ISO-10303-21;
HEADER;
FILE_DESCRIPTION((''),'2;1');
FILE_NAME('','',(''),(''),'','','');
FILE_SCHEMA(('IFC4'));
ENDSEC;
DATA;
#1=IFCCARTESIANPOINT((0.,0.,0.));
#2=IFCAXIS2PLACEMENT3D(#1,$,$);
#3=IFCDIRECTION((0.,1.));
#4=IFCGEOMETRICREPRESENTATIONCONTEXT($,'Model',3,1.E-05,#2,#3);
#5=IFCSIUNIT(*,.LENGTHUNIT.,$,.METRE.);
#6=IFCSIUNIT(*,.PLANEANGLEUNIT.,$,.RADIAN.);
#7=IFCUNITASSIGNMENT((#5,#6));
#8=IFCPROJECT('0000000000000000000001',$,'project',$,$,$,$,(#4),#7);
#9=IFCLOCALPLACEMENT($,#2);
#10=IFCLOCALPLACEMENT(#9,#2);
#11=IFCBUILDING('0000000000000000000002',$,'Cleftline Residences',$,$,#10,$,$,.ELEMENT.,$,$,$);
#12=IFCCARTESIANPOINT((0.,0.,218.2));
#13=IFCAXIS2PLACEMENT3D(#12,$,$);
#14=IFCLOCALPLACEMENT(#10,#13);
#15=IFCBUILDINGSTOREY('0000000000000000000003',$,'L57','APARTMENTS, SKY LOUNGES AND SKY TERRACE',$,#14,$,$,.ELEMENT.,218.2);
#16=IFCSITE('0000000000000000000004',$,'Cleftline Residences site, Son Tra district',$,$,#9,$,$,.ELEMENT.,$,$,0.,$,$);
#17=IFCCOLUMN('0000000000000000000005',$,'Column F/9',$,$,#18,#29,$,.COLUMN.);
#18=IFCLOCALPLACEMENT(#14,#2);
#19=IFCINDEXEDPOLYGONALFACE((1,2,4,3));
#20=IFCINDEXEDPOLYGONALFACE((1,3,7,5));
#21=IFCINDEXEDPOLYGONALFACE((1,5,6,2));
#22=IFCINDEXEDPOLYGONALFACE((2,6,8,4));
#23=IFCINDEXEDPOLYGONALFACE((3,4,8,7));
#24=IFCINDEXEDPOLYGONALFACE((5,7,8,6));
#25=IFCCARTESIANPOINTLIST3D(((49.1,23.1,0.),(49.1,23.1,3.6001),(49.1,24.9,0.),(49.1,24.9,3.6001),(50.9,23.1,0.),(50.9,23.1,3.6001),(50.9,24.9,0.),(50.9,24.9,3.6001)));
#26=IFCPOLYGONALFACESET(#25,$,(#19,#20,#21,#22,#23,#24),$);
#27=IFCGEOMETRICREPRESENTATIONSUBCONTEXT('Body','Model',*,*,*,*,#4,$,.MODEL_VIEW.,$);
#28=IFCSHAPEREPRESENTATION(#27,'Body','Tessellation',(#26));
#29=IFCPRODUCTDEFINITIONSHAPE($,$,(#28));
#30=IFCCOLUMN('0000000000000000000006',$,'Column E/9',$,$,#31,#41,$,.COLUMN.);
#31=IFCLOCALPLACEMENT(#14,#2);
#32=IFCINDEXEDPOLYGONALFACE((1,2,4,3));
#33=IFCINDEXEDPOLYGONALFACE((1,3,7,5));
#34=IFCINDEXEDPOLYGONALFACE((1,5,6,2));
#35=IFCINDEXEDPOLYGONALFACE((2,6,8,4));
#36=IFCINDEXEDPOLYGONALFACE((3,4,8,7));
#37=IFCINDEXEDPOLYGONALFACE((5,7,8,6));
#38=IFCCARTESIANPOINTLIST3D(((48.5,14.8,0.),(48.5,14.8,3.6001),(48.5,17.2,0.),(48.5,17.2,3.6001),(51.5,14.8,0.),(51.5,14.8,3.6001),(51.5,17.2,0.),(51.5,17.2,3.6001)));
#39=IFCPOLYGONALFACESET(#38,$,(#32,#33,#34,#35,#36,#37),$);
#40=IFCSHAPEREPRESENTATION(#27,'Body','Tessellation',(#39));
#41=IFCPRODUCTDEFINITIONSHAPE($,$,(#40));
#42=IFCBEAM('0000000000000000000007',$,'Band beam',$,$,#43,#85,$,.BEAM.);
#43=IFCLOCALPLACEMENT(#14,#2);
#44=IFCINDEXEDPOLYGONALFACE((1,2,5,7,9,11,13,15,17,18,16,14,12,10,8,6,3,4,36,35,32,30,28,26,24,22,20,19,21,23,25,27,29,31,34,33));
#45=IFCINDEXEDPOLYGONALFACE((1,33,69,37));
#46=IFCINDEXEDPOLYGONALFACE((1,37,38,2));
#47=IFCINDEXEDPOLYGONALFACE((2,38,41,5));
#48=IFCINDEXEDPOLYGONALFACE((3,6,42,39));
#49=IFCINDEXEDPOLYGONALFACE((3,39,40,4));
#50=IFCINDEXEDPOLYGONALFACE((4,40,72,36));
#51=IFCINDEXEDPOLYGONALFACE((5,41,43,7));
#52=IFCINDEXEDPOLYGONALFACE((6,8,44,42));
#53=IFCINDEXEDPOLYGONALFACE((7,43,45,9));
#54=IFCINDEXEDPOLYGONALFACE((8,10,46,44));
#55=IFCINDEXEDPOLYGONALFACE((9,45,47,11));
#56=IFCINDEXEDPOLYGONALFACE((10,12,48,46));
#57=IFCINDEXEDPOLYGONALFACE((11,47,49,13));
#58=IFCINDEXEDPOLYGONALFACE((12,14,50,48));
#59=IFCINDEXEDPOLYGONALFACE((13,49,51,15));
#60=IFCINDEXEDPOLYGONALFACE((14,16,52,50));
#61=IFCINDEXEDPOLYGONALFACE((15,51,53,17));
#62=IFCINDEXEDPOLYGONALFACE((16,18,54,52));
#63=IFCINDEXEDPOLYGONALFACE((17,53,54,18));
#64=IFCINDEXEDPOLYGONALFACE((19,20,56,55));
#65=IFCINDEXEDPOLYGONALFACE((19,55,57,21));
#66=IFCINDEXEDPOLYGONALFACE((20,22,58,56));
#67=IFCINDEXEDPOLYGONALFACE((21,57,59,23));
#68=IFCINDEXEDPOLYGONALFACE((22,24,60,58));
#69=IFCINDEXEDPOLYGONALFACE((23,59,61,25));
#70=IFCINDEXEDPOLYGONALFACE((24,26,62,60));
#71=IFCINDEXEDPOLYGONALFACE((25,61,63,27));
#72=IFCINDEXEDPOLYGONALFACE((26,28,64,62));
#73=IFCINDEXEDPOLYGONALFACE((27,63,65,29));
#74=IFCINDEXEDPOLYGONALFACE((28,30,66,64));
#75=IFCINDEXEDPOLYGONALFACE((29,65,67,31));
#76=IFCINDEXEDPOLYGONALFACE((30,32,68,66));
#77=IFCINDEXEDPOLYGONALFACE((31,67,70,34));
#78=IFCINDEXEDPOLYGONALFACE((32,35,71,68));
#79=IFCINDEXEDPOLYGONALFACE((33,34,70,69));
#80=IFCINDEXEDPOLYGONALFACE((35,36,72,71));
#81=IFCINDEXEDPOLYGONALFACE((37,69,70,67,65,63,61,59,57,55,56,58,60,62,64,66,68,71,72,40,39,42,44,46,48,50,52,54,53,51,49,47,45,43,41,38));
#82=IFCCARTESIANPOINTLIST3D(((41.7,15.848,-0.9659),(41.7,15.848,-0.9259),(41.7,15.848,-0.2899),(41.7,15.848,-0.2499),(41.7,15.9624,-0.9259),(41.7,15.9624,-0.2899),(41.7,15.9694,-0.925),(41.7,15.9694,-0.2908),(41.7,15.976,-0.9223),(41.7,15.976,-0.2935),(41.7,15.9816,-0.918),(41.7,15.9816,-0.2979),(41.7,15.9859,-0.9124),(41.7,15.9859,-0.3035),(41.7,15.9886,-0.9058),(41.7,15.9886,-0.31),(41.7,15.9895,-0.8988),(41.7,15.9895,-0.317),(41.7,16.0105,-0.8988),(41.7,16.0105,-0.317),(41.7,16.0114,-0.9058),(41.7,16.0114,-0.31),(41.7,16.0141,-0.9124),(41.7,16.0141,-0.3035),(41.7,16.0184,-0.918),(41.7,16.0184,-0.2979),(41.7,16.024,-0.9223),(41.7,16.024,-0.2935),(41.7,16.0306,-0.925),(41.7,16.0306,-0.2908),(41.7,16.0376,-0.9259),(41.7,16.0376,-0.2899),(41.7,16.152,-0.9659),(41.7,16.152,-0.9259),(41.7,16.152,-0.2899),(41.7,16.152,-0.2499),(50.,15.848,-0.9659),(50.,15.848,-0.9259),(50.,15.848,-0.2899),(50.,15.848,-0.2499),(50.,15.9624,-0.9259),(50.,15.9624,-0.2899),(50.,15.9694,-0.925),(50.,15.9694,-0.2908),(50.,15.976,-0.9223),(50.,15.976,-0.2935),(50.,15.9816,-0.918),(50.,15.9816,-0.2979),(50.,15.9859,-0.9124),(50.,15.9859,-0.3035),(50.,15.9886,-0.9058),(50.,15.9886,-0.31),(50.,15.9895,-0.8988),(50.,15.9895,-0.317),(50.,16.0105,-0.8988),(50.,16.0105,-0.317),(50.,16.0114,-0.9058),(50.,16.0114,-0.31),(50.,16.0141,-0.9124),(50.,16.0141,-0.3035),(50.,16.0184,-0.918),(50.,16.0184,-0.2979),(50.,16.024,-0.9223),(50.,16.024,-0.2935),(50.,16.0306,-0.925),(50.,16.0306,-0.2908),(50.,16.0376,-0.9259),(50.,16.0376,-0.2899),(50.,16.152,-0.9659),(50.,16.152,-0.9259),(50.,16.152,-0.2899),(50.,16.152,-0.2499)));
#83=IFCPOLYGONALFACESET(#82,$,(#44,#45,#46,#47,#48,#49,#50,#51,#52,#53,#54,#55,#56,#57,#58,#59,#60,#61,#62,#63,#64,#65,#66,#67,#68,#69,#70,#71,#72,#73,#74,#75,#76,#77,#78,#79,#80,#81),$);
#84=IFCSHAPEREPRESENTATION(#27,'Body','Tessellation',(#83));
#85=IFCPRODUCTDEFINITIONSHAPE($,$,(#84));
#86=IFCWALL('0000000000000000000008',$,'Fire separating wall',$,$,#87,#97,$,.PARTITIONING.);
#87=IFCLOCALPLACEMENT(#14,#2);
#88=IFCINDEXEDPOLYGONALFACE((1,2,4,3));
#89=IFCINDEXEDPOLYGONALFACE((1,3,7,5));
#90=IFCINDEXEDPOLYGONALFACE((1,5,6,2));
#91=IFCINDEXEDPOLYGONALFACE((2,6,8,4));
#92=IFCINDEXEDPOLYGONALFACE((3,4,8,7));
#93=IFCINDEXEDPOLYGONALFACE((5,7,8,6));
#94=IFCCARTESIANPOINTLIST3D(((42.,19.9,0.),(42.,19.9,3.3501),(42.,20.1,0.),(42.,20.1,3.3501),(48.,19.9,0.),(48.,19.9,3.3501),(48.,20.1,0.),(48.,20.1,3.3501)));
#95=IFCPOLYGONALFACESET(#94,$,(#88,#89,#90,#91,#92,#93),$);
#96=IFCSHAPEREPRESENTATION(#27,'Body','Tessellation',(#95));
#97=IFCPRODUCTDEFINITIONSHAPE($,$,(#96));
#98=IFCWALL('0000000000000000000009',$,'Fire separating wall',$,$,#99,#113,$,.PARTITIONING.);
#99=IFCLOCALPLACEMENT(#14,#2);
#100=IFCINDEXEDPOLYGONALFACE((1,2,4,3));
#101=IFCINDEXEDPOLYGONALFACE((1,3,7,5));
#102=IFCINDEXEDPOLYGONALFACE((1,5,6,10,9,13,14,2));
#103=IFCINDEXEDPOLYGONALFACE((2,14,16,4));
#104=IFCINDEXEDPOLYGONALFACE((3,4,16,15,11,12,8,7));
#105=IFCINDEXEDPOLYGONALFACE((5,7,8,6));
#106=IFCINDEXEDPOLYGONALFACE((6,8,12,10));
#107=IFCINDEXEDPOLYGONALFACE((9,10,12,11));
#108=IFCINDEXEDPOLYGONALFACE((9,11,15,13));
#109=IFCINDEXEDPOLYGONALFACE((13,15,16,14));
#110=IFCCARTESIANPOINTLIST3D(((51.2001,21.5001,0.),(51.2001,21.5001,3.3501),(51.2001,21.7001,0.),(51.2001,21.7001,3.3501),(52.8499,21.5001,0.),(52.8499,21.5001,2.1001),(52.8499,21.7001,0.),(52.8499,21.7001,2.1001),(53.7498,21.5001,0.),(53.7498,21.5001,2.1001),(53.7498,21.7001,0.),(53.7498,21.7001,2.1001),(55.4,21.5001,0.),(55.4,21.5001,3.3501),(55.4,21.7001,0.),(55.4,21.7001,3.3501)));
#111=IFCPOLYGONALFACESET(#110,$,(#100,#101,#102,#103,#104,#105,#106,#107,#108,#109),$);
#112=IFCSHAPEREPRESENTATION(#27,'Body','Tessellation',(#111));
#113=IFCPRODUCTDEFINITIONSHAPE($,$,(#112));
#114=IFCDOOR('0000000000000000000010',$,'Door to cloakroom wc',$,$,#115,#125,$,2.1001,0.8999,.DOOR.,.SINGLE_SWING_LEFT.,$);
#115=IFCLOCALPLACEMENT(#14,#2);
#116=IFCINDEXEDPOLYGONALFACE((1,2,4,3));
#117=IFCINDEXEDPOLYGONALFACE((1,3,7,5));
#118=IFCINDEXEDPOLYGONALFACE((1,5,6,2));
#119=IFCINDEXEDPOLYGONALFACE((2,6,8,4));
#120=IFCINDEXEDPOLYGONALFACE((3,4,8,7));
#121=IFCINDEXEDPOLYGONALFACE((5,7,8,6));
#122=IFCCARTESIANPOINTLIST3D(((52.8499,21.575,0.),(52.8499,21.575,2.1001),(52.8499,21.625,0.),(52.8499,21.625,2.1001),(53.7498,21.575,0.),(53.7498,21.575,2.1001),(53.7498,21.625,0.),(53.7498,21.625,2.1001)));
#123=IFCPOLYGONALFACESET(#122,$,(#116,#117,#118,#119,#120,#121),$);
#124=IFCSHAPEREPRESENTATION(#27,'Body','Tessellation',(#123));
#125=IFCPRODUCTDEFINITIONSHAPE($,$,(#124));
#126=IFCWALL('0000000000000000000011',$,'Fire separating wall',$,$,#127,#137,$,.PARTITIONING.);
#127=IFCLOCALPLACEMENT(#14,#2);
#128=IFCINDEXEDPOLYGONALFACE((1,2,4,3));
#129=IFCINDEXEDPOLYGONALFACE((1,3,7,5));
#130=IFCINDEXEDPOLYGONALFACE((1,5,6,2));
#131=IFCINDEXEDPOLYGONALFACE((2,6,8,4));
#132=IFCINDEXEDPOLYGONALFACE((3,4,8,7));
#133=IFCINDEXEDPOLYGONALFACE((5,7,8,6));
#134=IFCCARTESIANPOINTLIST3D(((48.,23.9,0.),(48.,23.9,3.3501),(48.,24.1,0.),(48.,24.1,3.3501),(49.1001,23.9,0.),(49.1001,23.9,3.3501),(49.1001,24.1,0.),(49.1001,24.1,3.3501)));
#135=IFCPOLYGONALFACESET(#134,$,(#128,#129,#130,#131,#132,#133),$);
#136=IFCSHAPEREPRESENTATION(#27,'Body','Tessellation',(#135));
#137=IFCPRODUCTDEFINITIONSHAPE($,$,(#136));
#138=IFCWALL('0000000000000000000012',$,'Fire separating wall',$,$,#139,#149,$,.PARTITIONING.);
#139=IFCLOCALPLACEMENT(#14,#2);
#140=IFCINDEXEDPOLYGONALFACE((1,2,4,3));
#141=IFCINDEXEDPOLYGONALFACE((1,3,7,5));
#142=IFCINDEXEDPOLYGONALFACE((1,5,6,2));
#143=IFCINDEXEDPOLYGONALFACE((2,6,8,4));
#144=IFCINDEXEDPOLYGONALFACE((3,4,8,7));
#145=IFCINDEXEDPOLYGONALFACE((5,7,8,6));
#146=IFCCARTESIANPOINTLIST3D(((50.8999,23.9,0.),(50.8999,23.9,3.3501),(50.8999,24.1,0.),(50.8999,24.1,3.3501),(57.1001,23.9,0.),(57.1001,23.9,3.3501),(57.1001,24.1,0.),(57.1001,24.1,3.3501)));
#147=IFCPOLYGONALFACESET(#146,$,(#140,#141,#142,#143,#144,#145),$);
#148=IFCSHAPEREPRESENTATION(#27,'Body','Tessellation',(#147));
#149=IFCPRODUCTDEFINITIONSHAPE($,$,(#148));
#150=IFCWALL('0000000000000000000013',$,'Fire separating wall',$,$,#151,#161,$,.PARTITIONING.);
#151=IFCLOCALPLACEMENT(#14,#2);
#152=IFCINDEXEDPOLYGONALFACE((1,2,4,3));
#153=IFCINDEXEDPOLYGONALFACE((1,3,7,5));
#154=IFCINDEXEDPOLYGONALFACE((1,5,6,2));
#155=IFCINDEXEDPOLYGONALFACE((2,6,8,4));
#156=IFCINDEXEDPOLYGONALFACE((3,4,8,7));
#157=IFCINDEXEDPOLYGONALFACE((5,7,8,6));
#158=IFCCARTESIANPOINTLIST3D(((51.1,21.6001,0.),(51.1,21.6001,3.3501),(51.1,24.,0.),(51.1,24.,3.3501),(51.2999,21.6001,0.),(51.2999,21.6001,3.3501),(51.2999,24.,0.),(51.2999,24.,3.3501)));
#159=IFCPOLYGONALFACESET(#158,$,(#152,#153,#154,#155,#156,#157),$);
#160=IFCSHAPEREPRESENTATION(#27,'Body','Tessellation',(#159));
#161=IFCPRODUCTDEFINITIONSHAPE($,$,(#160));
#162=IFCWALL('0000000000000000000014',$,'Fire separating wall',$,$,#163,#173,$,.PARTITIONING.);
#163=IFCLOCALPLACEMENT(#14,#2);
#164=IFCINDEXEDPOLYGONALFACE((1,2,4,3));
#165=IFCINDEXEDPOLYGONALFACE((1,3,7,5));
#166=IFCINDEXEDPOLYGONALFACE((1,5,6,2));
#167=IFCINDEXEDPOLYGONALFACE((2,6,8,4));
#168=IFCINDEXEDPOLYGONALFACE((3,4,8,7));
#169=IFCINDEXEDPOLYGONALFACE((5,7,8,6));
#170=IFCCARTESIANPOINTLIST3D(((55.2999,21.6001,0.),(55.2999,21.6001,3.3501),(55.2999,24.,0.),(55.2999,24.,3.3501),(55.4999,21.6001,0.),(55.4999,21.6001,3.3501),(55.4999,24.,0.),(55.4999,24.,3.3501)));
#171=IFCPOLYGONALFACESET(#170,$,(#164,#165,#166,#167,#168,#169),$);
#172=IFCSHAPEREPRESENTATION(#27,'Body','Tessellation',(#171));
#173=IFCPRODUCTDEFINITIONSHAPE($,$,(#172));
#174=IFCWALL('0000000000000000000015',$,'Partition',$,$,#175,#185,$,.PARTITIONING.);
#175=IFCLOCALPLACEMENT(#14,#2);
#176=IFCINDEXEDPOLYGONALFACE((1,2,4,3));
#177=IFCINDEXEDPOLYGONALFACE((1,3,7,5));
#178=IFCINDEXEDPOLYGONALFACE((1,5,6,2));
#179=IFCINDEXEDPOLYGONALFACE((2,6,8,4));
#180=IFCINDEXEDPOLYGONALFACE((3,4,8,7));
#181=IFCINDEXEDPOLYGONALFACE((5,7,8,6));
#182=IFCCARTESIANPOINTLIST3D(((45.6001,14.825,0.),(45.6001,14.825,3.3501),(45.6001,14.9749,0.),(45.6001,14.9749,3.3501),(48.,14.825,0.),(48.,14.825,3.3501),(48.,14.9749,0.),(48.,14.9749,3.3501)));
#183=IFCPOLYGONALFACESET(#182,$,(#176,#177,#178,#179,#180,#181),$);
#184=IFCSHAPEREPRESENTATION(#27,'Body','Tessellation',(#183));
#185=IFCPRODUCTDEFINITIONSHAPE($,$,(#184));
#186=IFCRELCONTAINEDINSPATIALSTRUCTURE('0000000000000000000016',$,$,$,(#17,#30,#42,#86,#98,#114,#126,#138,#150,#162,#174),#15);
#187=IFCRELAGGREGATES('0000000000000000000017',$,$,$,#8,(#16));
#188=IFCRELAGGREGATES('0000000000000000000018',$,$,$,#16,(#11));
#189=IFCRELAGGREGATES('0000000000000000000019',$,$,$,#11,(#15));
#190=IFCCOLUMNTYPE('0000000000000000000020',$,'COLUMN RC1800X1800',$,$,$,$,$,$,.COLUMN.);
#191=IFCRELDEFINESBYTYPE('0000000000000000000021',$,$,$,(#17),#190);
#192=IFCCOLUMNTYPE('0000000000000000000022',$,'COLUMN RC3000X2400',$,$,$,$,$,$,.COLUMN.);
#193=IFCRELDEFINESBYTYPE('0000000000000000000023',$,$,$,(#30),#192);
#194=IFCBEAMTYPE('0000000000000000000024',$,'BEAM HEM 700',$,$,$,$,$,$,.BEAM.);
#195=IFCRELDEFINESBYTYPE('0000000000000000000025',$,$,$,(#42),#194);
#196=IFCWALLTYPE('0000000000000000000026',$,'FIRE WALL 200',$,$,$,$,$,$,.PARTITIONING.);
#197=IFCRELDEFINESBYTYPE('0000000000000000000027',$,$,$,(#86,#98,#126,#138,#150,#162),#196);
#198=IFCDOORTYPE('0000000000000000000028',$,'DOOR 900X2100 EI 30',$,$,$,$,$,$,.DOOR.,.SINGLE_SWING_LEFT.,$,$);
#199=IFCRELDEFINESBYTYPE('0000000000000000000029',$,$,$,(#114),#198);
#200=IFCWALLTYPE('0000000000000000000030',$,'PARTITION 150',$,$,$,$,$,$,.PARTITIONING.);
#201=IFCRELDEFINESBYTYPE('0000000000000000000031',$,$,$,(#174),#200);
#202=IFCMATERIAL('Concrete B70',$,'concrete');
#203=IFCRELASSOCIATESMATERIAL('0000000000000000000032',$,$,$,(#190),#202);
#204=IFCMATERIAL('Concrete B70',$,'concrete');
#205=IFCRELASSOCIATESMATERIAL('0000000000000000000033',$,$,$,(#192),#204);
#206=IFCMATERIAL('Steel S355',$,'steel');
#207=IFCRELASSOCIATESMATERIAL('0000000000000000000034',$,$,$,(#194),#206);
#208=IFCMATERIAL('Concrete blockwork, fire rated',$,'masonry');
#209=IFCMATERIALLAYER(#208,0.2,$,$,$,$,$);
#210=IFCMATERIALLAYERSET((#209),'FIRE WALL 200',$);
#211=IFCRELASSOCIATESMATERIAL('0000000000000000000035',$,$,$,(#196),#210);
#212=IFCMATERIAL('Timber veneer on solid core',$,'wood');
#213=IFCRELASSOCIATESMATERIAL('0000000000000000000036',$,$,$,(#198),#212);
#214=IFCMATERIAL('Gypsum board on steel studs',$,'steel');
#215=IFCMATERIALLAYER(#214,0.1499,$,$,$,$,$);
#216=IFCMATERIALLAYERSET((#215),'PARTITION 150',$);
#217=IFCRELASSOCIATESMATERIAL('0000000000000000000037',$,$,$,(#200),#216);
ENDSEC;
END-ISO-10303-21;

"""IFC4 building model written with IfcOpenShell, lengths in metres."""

from ifc_helpers import new_model, si_unit, direction, frame, frame_2d, origin, origin_2d, place, context, subcontext, project, spatial, rectangle, i_section, extrude, material, layer, layer_set, material_profile, profile_set, type_object, element, fill, save


model = new_model("IFC4")

# Units and contexts
model_context = context("Model", 3, precision=1e-05, world=origin(), true_north=direction((0.0, 1.0)))
body_context = subcontext(model_context, "Body", "Model", "MODEL_VIEW")
ifc_project = project(units=[si_unit("LENGTHUNIT", "METRE"), si_unit("PLANEANGLEUNIT", "RADIAN")], contexts=[model_context])

# Site, building, storey
site_placement = place(None, origin())
site = spatial("IfcSite", under=ifc_project, at=site_placement, Name="Cleftline Residences site, Son Tra district", CompositionType="ELEMENT", RefElevation=0.0)
building_placement = place(site_placement, origin())
building = spatial("IfcBuilding", under=site, at=building_placement, Name="Cleftline Residences", CompositionType="ELEMENT")
storey_placement = place(building_placement, frame((0.0, 0.0, 218.2)))
storey = spatial("IfcBuildingStorey", under=building, at=storey_placement, Name="L57", Description="APARTMENTS, SKY LOUNGES AND SKY TERRACE", CompositionType="ELEMENT", Elevation=218.2)

# Columns
ifc_material_1 = material(Name="Concrete B70", Category="concrete")
ifc_material_profile_1 = material_profile(ifc_material_1, rectangle(XDim=1.8, YDim=1.8, at=origin_2d()))
ifc_profile_set_1 = profile_set([ifc_material_profile_1], Name="Concrete B70")
column_type_1 = type_object("IfcColumnType", Name="COLUMN RC1800X1800", PredefinedType="COLUMN", material=ifc_profile_set_1)
column_1_placement = place(storey_placement, frame((50.0, 24.0, 0.0), z_axis=(0.0, 0.0, 1.0), x_axis=(1.0, 0.0, 0.0)))
element("IfcColumn", 1, at=column_1_placement, inside=storey, type_object=column_type_1, Name="Column F/9", PredefinedType="COLUMN", context=body_context, shape_type="SweptSolid", body=[
    extrude(rectangle(XDim=1.8, YDim=1.8, at=origin_2d()), origin(), (0.0, 0.0, 1.0), 3.6001),
])
ifc_material_2 = material(Name="Concrete B70", Category="concrete")
ifc_material_profile_2 = material_profile(ifc_material_2, rectangle(XDim=3.0, YDim=2.3999, at=origin_2d()))
ifc_profile_set_2 = profile_set([ifc_material_profile_2], Name="Concrete B70")
column_type_2 = type_object("IfcColumnType", Name="COLUMN RC3000X2400", PredefinedType="COLUMN", material=ifc_profile_set_2)
column_2_placement = place(storey_placement, frame((50.0, 16.0, 0.0), z_axis=(0.0, 0.0, 1.0), x_axis=(1.0, 0.0, 0.0)))
element("IfcColumn", 2, at=column_2_placement, inside=storey, type_object=column_type_2, Name="Column E/9", PredefinedType="COLUMN", context=body_context, shape_type="SweptSolid", body=[
    extrude(rectangle(XDim=3.0, YDim=2.3999, at=origin_2d()), origin(), (0.0, 0.0, 1.0), 3.6001),
])

# Beam
ifc_material_3 = material(Name="Steel S355", Category="steel")
ifc_material_profile_3 = material_profile(ifc_material_3, i_section(OverallWidth=0.304, OverallDepth=0.7161, WebThickness=0.021, FlangeThickness=0.04, FilletRadius=0.0271, at=origin_2d()))
ifc_profile_set_3 = profile_set([ifc_material_profile_3], Name="Steel S355")
beam_type = type_object("IfcBeamType", Name="BEAM HEM 700", PredefinedType="BEAM", material=ifc_profile_set_3)
beam_placement = place(storey_placement, frame((50.0, 16.0, -0.6079), z_axis=(-1.0, 0.0, 0.0), x_axis=(0.0, -1.0, 0.0)))
element("IfcBeam", 3, at=beam_placement, inside=storey, type_object=beam_type, Name="Band beam", PredefinedType="BEAM", context=body_context, shape_type="SweptSolid", body=[
    extrude(i_section(OverallWidth=0.304, OverallDepth=0.7161, WebThickness=0.021, FlangeThickness=0.04, FilletRadius=0.0271, at=origin_2d()), origin(), (0.0, 0.0, 1.0), 8.3),
])

# Wall
ifc_material_4 = material(Name="Concrete blockwork, fire rated", Category="masonry")
ifc_layer_1 = layer(ifc_material_4, 0.2)
ifc_layer_set_1 = layer_set([ifc_layer_1], Name="FIRE WALL 200")
wall_type_1 = type_object("IfcWallType", Name="FIRE WALL 200", PredefinedType="PARTITIONING", material=ifc_layer_set_1)
wall_1_placement = place(storey_placement, frame((42.0, 20.0, 0.0), z_axis=(0.0, 0.0, 1.0), x_axis=(1.0, 0.0, 0.0)))
element("IfcWall", 4, at=wall_1_placement, inside=storey, type_object=wall_type_1, Name="Fire separating wall", PredefinedType="PARTITIONING", context=body_context, shape_type="SweptSolid", body=[
    extrude(rectangle(XDim=6.0, YDim=0.2, at=frame_2d((3.0, 0.0))), origin(), (0.0, 0.0, 1.0), 3.3501),
])

# Wall, opening, door
wall_2_placement = place(storey_placement, frame((51.2, 21.6001, 0.0), z_axis=(0.0, 0.0, 1.0), x_axis=(1.0, 0.0, 0.0)))
wall_2 = element("IfcWall", 5, at=wall_2_placement, inside=storey, type_object=wall_type_1, Name="Fire separating wall", PredefinedType="PARTITIONING", context=body_context, shape_type="SweptSolid", body=[
    extrude(rectangle(XDim=4.2, YDim=0.2, at=frame_2d((2.1001, 0.0))), origin(), (0.0, 0.0, 1.0), 3.3501),
])
opening_1_placement = place(wall_2_placement, frame((1.6499, 0.0, 0.0)))
opening_1 = element("IfcOpeningElement", 6, at=opening_1_placement, cuts=wall_2, PredefinedType="OPENING", context=body_context, shape_type="SweptSolid", body=[
    extrude(rectangle(XDim=0.8999, YDim=2.1001, at=frame_2d((0.45, 1.05))), frame((0.0, 0.1099, 0.0), z_axis=(0.0, -1.0, 0.0), x_axis=(1.0, 0.0, 0.0)), (0.0, 0.0, 1.0), 0.22),
])
ifc_material_5 = material(Name="Timber veneer on solid core", Category="wood")
door_type_1 = type_object("IfcDoorType", Name="DOOR 900X2100 EI 30", OperationType="SINGLE_SWING_LEFT", PredefinedType="DOOR", material=ifc_material_5)
door_1_placement = place(opening_1_placement, origin())
door_1 = element("IfcDoor", 7, at=door_1_placement, inside=storey, type_object=door_type_1, Name="Door to cloakroom wc", OperationType="SINGLE_SWING_LEFT", OverallHeight=2.1001, OverallWidth=0.8999, PredefinedType="DOOR", context=body_context, shape_type="SweptSolid", body=[
    extrude(rectangle(XDim=0.8999, YDim=2.1001, at=frame_2d((0.45, 1.05))), frame((0.0, 0.0249, 0.0), z_axis=(0.0, -1.0, 0.0), x_axis=(1.0, 0.0, 0.0)), (0.0, 0.0, 1.0), 0.05),
])
fill(opening_1, door_1)

# Walls
wall_3_placement = place(storey_placement, frame((48.0, 24.0, 0.0), z_axis=(0.0, 0.0, 1.0), x_axis=(1.0, 0.0, 0.0)))
element("IfcWall", 8, at=wall_3_placement, inside=storey, type_object=wall_type_1, Name="Fire separating wall", PredefinedType="PARTITIONING", context=body_context, shape_type="SweptSolid", body=[
    extrude(rectangle(XDim=1.1001, YDim=0.2, at=frame_2d((0.55, 0.0))), origin(), (0.0, 0.0, 1.0), 3.3501),
])
wall_4_placement = place(storey_placement, frame((50.8999, 24.0, 0.0), z_axis=(0.0, 0.0, 1.0), x_axis=(1.0, 0.0, 0.0)))
element("IfcWall", 9, at=wall_4_placement, inside=storey, type_object=wall_type_1, Name="Fire separating wall", PredefinedType="PARTITIONING", context=body_context, shape_type="SweptSolid", body=[
    extrude(rectangle(XDim=6.2002, YDim=0.2, at=frame_2d((3.1001, 0.0))), origin(), (0.0, 0.0, 1.0), 3.3501),
])

# Walls
for number, where, z_axis, x_axis, name in (
    (10, (51.2, 21.6001, 0.0), (0.0, 0.0, 1.0), (0.0, 1.0, 0.0), "Fire separating wall"),
    (11, (55.3999, 21.6001, 0.0), (0.0, 0.0, 1.0), (0.0, 1.0, 0.0), "Fire separating wall"),
):
    element("IfcWall", number, at=place(storey_placement, frame(where, z_axis=z_axis, x_axis=x_axis)), inside=storey, type_object=wall_type_1, Name=name, PredefinedType="PARTITIONING", context=body_context, shape_type="SweptSolid", body=[
        extrude(rectangle(XDim=2.3999, YDim=0.2, at=frame_2d((1.2, 0.0))), origin(), (0.0, 0.0, 1.0), 3.3501),
    ])
ifc_material_6 = material(Name="Gypsum board on steel studs", Category="steel")
ifc_layer_2 = layer(ifc_material_6, 0.1499)
ifc_layer_set_2 = layer_set([ifc_layer_2], Name="PARTITION 150")
wall_type_2 = type_object("IfcWallType", Name="PARTITION 150", PredefinedType="PARTITIONING", material=ifc_layer_set_2)
wall_5_placement = place(storey_placement, frame((45.6001, 14.8999, 0.0), z_axis=(0.0, 0.0, 1.0), x_axis=(1.0, 0.0, 0.0)))
element("IfcWall", 12, at=wall_5_placement, inside=storey, type_object=wall_type_2, Name="Partition", PredefinedType="PARTITIONING", context=body_context, shape_type="SweptSolid", body=[
    extrude(rectangle(XDim=2.3999, YDim=0.1499, at=frame_2d((1.2, 0.0))), origin(), (0.0, 0.0, 1.0), 3.3501),
])

save(model, "model.ifc")
